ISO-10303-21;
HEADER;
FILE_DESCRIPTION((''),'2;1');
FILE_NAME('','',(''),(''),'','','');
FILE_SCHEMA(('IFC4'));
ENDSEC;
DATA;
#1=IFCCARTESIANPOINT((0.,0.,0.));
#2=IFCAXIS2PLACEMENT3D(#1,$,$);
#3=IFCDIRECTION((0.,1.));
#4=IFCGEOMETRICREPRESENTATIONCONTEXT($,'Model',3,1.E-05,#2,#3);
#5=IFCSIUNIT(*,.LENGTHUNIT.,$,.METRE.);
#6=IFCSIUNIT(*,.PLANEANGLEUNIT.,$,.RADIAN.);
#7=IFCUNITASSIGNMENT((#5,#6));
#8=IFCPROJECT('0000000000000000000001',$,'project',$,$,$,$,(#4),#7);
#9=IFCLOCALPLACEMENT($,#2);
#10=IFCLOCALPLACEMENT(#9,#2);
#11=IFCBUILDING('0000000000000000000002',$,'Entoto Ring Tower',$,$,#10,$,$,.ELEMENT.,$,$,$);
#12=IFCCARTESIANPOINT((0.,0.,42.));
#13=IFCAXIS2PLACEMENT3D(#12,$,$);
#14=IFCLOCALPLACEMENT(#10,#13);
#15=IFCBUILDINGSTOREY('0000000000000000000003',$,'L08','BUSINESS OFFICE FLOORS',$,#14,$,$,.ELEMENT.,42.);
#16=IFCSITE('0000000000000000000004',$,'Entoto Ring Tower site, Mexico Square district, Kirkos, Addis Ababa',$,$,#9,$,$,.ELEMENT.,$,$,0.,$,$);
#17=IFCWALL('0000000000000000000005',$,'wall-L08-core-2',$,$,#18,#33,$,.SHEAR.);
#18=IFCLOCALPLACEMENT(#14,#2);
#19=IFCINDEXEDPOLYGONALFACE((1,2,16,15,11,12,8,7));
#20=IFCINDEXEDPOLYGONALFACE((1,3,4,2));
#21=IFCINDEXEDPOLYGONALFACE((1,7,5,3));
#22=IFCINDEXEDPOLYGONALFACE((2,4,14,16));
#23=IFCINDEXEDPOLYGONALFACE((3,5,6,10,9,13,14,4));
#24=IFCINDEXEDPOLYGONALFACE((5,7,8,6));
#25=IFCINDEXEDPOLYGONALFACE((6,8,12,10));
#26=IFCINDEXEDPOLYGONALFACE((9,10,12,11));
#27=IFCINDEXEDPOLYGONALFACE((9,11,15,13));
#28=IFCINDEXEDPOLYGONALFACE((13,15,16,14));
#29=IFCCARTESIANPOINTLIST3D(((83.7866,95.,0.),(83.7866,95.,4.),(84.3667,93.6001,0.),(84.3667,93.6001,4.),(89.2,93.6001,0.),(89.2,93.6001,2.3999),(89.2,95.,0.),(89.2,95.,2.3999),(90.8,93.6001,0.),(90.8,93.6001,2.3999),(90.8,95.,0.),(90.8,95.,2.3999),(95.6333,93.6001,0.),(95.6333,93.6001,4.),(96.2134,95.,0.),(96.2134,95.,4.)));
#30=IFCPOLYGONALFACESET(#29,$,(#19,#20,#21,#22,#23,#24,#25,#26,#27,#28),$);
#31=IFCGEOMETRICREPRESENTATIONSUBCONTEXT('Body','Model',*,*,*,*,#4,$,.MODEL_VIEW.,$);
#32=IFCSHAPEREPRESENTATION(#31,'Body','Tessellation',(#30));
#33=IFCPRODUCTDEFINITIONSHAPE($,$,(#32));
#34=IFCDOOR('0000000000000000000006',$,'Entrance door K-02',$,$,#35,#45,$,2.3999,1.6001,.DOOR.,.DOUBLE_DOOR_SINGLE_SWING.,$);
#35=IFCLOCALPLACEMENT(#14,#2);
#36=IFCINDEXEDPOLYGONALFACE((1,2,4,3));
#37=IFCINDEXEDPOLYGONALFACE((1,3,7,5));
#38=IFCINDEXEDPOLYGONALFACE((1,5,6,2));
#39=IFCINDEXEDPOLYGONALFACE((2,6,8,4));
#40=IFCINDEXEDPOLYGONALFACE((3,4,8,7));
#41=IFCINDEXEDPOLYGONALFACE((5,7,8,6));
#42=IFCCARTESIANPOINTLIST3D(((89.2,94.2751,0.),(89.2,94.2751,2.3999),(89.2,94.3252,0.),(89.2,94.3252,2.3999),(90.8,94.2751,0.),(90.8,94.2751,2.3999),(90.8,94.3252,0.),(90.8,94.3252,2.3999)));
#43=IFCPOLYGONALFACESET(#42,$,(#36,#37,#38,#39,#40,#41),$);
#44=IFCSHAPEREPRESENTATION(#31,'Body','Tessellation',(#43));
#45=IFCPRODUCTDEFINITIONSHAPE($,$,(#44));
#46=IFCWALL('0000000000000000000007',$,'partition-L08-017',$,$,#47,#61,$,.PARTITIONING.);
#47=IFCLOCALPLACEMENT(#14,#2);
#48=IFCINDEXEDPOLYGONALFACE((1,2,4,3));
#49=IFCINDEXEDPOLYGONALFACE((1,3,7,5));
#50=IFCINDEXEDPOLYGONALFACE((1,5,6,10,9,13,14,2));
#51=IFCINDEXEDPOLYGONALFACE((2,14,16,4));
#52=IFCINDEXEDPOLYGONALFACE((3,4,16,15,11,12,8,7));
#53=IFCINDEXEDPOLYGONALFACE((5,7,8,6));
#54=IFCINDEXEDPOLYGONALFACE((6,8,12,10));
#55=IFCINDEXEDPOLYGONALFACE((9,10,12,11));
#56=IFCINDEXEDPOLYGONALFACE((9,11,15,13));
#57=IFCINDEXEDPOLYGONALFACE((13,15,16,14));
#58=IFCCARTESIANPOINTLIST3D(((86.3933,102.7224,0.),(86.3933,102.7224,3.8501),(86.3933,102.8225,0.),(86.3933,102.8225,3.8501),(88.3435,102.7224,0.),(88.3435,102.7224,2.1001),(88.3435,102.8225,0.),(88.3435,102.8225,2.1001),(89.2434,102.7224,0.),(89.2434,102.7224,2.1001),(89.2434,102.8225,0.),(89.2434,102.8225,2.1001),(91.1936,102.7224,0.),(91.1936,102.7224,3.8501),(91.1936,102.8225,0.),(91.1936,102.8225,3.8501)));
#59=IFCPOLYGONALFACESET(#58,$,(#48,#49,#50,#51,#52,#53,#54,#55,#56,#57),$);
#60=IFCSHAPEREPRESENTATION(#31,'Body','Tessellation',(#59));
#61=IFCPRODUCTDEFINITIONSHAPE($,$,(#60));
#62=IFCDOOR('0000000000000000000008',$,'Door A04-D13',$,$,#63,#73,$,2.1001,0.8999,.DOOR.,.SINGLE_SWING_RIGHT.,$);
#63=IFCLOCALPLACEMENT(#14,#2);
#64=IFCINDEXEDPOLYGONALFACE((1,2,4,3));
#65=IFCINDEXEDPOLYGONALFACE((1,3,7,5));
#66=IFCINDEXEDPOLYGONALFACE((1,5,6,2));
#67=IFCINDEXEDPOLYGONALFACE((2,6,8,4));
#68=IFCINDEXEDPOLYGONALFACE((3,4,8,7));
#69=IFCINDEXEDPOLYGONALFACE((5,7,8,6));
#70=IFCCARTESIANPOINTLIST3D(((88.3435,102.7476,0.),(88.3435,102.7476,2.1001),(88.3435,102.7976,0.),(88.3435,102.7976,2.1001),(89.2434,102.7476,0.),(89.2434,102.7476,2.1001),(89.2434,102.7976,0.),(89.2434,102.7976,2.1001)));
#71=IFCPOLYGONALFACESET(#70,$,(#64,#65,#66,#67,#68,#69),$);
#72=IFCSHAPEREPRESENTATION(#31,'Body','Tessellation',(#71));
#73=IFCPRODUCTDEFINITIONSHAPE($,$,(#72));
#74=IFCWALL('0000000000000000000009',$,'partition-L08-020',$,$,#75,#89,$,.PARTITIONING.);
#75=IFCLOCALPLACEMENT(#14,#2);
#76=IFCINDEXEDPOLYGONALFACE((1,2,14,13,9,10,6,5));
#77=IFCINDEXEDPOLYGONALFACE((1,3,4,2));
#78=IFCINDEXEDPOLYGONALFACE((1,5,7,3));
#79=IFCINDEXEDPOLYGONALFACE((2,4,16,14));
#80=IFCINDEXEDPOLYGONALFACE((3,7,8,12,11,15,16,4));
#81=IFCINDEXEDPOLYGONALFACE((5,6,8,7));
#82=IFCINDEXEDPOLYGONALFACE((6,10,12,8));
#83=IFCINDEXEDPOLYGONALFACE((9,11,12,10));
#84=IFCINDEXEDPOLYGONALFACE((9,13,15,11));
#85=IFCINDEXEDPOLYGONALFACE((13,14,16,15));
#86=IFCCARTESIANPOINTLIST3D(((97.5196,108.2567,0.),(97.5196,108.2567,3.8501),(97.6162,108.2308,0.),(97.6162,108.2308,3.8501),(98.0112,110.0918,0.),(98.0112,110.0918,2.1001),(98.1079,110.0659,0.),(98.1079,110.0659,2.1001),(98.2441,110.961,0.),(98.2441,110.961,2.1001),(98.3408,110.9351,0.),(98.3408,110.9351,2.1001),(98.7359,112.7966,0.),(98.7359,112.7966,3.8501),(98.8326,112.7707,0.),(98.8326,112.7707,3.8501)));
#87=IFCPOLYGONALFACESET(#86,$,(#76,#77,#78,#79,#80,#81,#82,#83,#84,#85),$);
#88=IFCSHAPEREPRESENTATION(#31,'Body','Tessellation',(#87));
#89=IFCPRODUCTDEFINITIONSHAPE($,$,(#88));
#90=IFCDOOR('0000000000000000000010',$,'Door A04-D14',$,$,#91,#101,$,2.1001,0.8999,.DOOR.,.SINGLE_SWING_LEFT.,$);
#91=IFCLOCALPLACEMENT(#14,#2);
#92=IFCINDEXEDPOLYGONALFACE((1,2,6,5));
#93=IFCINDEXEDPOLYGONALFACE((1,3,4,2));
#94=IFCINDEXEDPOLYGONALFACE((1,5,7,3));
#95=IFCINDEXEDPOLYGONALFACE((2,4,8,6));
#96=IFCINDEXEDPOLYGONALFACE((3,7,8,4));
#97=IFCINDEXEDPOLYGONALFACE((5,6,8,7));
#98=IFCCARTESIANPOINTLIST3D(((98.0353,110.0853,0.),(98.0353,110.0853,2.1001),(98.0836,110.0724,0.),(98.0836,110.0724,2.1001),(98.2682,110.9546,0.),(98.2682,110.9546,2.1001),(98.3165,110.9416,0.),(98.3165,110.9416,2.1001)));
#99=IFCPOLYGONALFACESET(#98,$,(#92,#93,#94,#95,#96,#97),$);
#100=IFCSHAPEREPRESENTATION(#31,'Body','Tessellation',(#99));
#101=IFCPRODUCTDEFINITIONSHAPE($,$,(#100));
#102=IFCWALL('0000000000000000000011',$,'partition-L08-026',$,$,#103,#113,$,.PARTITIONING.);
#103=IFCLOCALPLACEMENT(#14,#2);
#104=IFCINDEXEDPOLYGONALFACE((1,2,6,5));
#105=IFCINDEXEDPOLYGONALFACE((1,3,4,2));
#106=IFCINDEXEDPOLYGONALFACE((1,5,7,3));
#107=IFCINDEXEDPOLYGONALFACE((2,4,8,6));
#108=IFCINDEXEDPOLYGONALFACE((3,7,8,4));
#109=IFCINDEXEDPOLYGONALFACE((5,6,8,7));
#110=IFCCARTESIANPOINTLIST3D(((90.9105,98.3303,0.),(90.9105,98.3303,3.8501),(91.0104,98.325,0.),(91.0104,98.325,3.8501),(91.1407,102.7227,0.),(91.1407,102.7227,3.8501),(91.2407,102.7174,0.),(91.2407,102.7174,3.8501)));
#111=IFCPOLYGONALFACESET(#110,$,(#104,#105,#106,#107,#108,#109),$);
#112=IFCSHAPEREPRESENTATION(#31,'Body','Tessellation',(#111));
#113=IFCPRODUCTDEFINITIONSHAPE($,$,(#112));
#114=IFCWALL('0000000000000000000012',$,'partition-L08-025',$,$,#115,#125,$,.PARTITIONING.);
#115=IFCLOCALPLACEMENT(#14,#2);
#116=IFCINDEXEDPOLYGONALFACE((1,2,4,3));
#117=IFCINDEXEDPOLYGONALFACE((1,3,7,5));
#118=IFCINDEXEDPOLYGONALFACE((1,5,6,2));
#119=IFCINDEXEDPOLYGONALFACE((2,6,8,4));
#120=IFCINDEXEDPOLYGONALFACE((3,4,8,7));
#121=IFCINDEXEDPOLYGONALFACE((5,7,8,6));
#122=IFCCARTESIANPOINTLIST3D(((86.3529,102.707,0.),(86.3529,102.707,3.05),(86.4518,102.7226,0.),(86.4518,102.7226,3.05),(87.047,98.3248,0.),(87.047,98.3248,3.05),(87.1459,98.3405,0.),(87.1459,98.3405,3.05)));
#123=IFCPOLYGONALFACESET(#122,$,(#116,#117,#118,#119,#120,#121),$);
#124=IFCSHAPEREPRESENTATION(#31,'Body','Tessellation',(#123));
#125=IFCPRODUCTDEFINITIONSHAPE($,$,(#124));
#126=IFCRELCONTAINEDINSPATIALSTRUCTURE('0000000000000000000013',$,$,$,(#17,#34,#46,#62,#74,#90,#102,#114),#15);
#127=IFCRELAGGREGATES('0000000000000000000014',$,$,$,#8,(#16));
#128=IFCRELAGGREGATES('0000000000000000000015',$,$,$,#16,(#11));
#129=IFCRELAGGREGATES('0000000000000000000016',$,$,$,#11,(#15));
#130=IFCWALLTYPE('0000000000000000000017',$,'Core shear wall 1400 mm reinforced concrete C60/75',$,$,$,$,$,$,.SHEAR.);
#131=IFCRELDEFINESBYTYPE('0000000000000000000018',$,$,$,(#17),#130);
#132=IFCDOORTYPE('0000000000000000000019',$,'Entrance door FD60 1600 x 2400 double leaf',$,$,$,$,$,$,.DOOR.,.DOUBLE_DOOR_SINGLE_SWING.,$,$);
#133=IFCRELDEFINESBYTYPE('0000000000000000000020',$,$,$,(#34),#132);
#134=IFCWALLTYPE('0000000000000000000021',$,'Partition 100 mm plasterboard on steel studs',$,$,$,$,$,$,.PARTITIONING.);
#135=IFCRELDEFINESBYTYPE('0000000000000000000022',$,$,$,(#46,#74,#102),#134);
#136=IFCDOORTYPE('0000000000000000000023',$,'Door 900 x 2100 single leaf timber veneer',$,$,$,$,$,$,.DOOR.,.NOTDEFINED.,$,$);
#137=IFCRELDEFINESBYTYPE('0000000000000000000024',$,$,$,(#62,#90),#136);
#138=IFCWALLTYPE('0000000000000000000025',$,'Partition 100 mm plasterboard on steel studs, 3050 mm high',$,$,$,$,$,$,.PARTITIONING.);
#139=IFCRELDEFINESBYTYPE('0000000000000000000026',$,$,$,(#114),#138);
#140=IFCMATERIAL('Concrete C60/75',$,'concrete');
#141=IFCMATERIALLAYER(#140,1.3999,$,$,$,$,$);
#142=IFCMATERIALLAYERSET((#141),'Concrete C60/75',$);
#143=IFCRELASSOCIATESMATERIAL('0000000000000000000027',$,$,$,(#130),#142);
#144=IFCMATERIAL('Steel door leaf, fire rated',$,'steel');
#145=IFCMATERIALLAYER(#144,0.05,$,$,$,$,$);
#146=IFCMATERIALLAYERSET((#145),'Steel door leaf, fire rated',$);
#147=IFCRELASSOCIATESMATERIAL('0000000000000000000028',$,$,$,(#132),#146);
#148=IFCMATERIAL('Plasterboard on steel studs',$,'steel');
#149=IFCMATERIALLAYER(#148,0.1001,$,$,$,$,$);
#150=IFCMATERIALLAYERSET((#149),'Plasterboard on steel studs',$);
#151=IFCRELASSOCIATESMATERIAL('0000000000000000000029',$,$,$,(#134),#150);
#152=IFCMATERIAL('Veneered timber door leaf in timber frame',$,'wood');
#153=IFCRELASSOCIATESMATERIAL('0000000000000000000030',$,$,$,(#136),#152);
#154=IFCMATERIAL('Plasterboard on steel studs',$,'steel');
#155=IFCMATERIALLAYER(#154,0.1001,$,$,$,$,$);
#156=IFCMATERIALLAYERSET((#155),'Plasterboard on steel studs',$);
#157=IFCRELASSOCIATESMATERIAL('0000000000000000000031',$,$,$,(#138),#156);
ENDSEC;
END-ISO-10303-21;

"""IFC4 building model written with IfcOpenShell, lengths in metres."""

from ifc_helpers import new_model, si_unit, direction, frame, frame_2d, origin, place, context, subcontext, project, spatial, polyline, rectangle, outline, extrude, material, layer, layer_set, type_object, element, fill, save


model = new_model("IFC4")

# Units and contexts
model_context = context("Model", 3, precision=1e-05, world=origin(), true_north=direction((0.0, 1.0)))
body_context = subcontext(model_context, "Body", "Model", "MODEL_VIEW")
ifc_project = project(units=[si_unit("LENGTHUNIT", "METRE"), si_unit("PLANEANGLEUNIT", "RADIAN")], contexts=[model_context])

# Site, building, storey
site_placement = place(None, origin())
site = spatial("IfcSite", under=ifc_project, at=site_placement, Name="Entoto Ring Tower site, Mexico Square district, Kirkos, Addis Ababa", CompositionType="ELEMENT", RefElevation=0.0)
building_placement = place(site_placement, origin())
building = spatial("IfcBuilding", under=site, at=building_placement, Name="Entoto Ring Tower", CompositionType="ELEMENT")
storey_placement = place(building_placement, frame((0.0, 0.0, 42.0)))
storey = spatial("IfcBuildingStorey", under=building, at=storey_placement, Name="L08", Description="BUSINESS OFFICE FLOORS", CompositionType="ELEMENT", Elevation=42.0)

# Walls, openings, doors
ifc_material_1 = material(Name="Concrete C60/75", Category="concrete")
ifc_layer_1 = layer(ifc_material_1, 1.3999)
ifc_layer_set_1 = layer_set([ifc_layer_1], Name="Concrete C60/75")
wall_type_1 = type_object("IfcWallType", Name="Core shear wall 1400 mm reinforced concrete C60/75", PredefinedType="SHEAR", material=ifc_layer_set_1)
wall_1_placement = place(storey_placement, frame((95.9233, 94.3, 0.0), z_axis=(0.0, 0.0, 1.0), x_axis=(-1.0, 0.0, 0.0)))
wall_1 = element("IfcWall", 1, at=wall_1_placement, inside=storey, type_object=wall_type_1, Name="wall-L08-core-2", PredefinedType="SHEAR", context=body_context, shape_type="SweptSolid", body=[
    extrude(outline(polyline([(-0.29, -0.7), (12.1367, -0.7), (11.5566, 0.7), (0.29, 0.7), (-0.29, -0.7)])), origin(), (0.0, 0.0, 1.0), 4.0),
])
opening_1_placement = place(wall_1_placement, frame((5.1233, 0.0, 0.0)))
opening_1 = element("IfcOpeningElement", 2, at=opening_1_placement, cuts=wall_1, PredefinedType="OPENING", context=body_context, shape_type="SweptSolid", body=[
    extrude(rectangle(XDim=1.6001, YDim=2.3999, at=frame_2d((0.8, 1.2))), frame((0.0, 0.71, 0.0), z_axis=(0.0, -1.0, 0.0), x_axis=(1.0, 0.0, 0.0)), (0.0, 0.0, 1.0), 1.4199),
])
ifc_material_2 = material(Name="Steel door leaf, fire rated", Category="steel")
ifc_layer_2 = layer(ifc_material_2, 0.05)
ifc_layer_set_2 = layer_set([ifc_layer_2], Name="Steel door leaf, fire rated")
door_type_1 = type_object("IfcDoorType", Name="Entrance door FD60 1600 x 2400 double leaf", OperationType="DOUBLE_DOOR_SINGLE_SWING", PredefinedType="DOOR", material=ifc_layer_set_2)
door_1_placement = place(opening_1_placement, origin())
door_1 = element("IfcDoor", 3, at=door_1_placement, inside=storey, type_object=door_type_1, Name="Entrance door K-02", OperationType="DOUBLE_DOOR_SINGLE_SWING", OverallHeight=2.3999, OverallWidth=1.6001, PredefinedType="DOOR", context=body_context, shape_type="SweptSolid", body=[
    extrude(rectangle(XDim=1.6001, YDim=2.3999, at=frame_2d((0.8, 1.2))), frame((0.0, 0.0249, 0.0), z_axis=(0.0, -1.0, 0.0), x_axis=(1.0, 0.0, 0.0)), (0.0, 0.0, 1.0), 0.05),
])
fill(opening_1, door_1)
ifc_material_3 = material(Name="Plasterboard on steel studs", Category="steel")
ifc_layer_3 = layer(ifc_material_3, 0.1001)
ifc_layer_set_3 = layer_set([ifc_layer_3], Name="Plasterboard on steel studs")
wall_type_2 = type_object("IfcWallType", Name="Partition 100 mm plasterboard on steel studs", PredefinedType="PARTITIONING", material=ifc_layer_set_3)
wall_2_placement = place(storey_placement, frame((86.3933, 102.7725, 0.0), z_axis=(0.0, 0.0, 1.0), x_axis=(1.0, 0.0, 0.0)))
wall_2 = element("IfcWall", 4, at=wall_2_placement, inside=storey, type_object=wall_type_2, Name="partition-L08-017", PredefinedType="PARTITIONING", context=body_context, shape_type="SweptSolid", body=[
    extrude(rectangle(XDim=4.8003, YDim=0.1001, at=frame_2d((2.4001, 0.0))), origin(), (0.0, 0.0, 1.0), 3.8501),
])
opening_2_placement = place(wall_2_placement, frame((1.9502, 0.0, 0.0)))
opening_2 = element("IfcOpeningElement", 5, at=opening_2_placement, cuts=wall_2, PredefinedType="OPENING", context=body_context, shape_type="SweptSolid", body=[
    extrude(rectangle(XDim=0.8999, YDim=2.1001, at=frame_2d((0.45, 1.05))), frame((0.0, 0.0601, 0.0), z_axis=(0.0, -1.0, 0.0), x_axis=(1.0, 0.0, 0.0)), (0.0, 0.0, 1.0), 0.1201),
])
ifc_material_4 = material(Name="Veneered timber door leaf in timber frame", Category="wood")
door_type_2 = type_object("IfcDoorType", Name="Door 900 x 2100 single leaf timber veneer", OperationType="NOTDEFINED", PredefinedType="DOOR", material=ifc_material_4)
door_2_placement = place(opening_2_placement, frame((0.8999, 0.0, 0.0), z_axis=(0.0, 0.0, 1.0), x_axis=(-1.0, 0.0, 0.0)))
door_2 = element("IfcDoor", 6, at=door_2_placement, inside=storey, type_object=door_type_2, Name="Door A04-D13", OperationType="SINGLE_SWING_RIGHT", OverallHeight=2.1001, OverallWidth=0.8999, PredefinedType="DOOR", context=body_context, shape_type="SweptSolid", body=[
    extrude(rectangle(XDim=0.8999, YDim=2.1001, at=frame_2d((0.45, 1.05))), frame((0.0, 0.0249, 0.0), z_axis=(0.0, -1.0, 0.0), x_axis=(1.0, 0.0, 0.0)), (0.0, 0.0, 1.0), 0.05),
])
fill(opening_2, door_2)
wall_3_placement = place(storey_placement, frame((97.5679, 108.2437, 0.0), z_axis=(0.0, 0.0, 1.0), x_axis=(0.258794, 0.965933, 0.0)))
wall_3 = element("IfcWall", 7, at=wall_3_placement, inside=storey, type_object=wall_type_2, Name="partition-L08-020", PredefinedType="PARTITIONING", context=body_context, shape_type="SweptSolid", body=[
    extrude(rectangle(XDim=4.7, YDim=0.1001, at=frame_2d((2.3501, 0.0))), origin(), (0.0, 0.0, 1.0), 3.8501),
])
opening_3_placement = place(wall_3_placement, frame((1.8999, 0.0, 0.0)))
opening_3 = element("IfcOpeningElement", 8, at=opening_3_placement, cuts=wall_3, PredefinedType="OPENING", context=body_context, shape_type="SweptSolid", body=[
    extrude(rectangle(XDim=0.8999, YDim=2.1001, at=frame_2d((0.45, 1.05))), frame((0.0, 0.0601, 0.0), z_axis=(0.0, -1.0, 0.0), x_axis=(1.0, 0.0, 0.0)), (0.0, 0.0, 1.0), 0.1201),
])
door_3_placement = place(opening_3_placement, frame((0.8999, 0.0, 0.0), z_axis=(0.0, 0.0, 1.0), x_axis=(-1.0, 0.0, 0.0)))
door_3 = element("IfcDoor", 9, at=door_3_placement, inside=storey, type_object=door_type_2, Name="Door A04-D14", OperationType="SINGLE_SWING_LEFT", OverallHeight=2.1001, OverallWidth=0.8999, PredefinedType="DOOR", context=body_context, shape_type="SweptSolid", body=[
    extrude(rectangle(XDim=0.8999, YDim=2.1001, at=frame_2d((0.45, 1.05))), frame((0.0, 0.0249, 0.0), z_axis=(0.0, -1.0, 0.0), x_axis=(1.0, 0.0, 0.0)), (0.0, 0.0, 1.0), 0.05),
])
fill(opening_3, door_3)

# Walls
wall_4_placement = place(storey_placement, frame((90.9604, 98.3276, 0.0), z_axis=(0.0, 0.0, 1.0), x_axis=(0.052343, 0.998629, 0.0)))
element("IfcWall", 10, at=wall_4_placement, inside=storey, type_object=wall_type_2, Name="partition-L08-026", PredefinedType="PARTITIONING", context=body_context, shape_type="SweptSolid", body=[
    extrude(rectangle(XDim=4.3984, YDim=0.1001, at=frame_2d((2.1992, 0.0))), origin(), (0.0, 0.0, 1.0), 3.8501),
])
ifc_material_5 = material(Name="Plasterboard on steel studs", Category="steel")
ifc_layer_4 = layer(ifc_material_5, 0.1001)
ifc_layer_set_4 = layer_set([ifc_layer_4], Name="Plasterboard on steel studs")
wall_type_3 = type_object("IfcWallType", Name="Partition 100 mm plasterboard on steel studs, 3050 mm high", PredefinedType="PARTITIONING", material=ifc_layer_set_4)
wall_5_placement = place(storey_placement, frame((87.0964, 98.3328, 0.0), z_axis=(0.0, 0.0, 1.0), x_axis=(-0.156443, 0.987687, 0.0)))
element("IfcWall", 11, at=wall_5_placement, inside=storey, type_object=wall_type_3, Name="partition-L08-025", PredefinedType="PARTITIONING", context=body_context, shape_type="SweptSolid", body=[
    extrude(rectangle(XDim=4.4368, YDim=0.1001, at=frame_2d((2.2183, 0.0))), origin(), (0.0, 0.0, 1.0), 3.05),
])

save(model, "model.ifc")
